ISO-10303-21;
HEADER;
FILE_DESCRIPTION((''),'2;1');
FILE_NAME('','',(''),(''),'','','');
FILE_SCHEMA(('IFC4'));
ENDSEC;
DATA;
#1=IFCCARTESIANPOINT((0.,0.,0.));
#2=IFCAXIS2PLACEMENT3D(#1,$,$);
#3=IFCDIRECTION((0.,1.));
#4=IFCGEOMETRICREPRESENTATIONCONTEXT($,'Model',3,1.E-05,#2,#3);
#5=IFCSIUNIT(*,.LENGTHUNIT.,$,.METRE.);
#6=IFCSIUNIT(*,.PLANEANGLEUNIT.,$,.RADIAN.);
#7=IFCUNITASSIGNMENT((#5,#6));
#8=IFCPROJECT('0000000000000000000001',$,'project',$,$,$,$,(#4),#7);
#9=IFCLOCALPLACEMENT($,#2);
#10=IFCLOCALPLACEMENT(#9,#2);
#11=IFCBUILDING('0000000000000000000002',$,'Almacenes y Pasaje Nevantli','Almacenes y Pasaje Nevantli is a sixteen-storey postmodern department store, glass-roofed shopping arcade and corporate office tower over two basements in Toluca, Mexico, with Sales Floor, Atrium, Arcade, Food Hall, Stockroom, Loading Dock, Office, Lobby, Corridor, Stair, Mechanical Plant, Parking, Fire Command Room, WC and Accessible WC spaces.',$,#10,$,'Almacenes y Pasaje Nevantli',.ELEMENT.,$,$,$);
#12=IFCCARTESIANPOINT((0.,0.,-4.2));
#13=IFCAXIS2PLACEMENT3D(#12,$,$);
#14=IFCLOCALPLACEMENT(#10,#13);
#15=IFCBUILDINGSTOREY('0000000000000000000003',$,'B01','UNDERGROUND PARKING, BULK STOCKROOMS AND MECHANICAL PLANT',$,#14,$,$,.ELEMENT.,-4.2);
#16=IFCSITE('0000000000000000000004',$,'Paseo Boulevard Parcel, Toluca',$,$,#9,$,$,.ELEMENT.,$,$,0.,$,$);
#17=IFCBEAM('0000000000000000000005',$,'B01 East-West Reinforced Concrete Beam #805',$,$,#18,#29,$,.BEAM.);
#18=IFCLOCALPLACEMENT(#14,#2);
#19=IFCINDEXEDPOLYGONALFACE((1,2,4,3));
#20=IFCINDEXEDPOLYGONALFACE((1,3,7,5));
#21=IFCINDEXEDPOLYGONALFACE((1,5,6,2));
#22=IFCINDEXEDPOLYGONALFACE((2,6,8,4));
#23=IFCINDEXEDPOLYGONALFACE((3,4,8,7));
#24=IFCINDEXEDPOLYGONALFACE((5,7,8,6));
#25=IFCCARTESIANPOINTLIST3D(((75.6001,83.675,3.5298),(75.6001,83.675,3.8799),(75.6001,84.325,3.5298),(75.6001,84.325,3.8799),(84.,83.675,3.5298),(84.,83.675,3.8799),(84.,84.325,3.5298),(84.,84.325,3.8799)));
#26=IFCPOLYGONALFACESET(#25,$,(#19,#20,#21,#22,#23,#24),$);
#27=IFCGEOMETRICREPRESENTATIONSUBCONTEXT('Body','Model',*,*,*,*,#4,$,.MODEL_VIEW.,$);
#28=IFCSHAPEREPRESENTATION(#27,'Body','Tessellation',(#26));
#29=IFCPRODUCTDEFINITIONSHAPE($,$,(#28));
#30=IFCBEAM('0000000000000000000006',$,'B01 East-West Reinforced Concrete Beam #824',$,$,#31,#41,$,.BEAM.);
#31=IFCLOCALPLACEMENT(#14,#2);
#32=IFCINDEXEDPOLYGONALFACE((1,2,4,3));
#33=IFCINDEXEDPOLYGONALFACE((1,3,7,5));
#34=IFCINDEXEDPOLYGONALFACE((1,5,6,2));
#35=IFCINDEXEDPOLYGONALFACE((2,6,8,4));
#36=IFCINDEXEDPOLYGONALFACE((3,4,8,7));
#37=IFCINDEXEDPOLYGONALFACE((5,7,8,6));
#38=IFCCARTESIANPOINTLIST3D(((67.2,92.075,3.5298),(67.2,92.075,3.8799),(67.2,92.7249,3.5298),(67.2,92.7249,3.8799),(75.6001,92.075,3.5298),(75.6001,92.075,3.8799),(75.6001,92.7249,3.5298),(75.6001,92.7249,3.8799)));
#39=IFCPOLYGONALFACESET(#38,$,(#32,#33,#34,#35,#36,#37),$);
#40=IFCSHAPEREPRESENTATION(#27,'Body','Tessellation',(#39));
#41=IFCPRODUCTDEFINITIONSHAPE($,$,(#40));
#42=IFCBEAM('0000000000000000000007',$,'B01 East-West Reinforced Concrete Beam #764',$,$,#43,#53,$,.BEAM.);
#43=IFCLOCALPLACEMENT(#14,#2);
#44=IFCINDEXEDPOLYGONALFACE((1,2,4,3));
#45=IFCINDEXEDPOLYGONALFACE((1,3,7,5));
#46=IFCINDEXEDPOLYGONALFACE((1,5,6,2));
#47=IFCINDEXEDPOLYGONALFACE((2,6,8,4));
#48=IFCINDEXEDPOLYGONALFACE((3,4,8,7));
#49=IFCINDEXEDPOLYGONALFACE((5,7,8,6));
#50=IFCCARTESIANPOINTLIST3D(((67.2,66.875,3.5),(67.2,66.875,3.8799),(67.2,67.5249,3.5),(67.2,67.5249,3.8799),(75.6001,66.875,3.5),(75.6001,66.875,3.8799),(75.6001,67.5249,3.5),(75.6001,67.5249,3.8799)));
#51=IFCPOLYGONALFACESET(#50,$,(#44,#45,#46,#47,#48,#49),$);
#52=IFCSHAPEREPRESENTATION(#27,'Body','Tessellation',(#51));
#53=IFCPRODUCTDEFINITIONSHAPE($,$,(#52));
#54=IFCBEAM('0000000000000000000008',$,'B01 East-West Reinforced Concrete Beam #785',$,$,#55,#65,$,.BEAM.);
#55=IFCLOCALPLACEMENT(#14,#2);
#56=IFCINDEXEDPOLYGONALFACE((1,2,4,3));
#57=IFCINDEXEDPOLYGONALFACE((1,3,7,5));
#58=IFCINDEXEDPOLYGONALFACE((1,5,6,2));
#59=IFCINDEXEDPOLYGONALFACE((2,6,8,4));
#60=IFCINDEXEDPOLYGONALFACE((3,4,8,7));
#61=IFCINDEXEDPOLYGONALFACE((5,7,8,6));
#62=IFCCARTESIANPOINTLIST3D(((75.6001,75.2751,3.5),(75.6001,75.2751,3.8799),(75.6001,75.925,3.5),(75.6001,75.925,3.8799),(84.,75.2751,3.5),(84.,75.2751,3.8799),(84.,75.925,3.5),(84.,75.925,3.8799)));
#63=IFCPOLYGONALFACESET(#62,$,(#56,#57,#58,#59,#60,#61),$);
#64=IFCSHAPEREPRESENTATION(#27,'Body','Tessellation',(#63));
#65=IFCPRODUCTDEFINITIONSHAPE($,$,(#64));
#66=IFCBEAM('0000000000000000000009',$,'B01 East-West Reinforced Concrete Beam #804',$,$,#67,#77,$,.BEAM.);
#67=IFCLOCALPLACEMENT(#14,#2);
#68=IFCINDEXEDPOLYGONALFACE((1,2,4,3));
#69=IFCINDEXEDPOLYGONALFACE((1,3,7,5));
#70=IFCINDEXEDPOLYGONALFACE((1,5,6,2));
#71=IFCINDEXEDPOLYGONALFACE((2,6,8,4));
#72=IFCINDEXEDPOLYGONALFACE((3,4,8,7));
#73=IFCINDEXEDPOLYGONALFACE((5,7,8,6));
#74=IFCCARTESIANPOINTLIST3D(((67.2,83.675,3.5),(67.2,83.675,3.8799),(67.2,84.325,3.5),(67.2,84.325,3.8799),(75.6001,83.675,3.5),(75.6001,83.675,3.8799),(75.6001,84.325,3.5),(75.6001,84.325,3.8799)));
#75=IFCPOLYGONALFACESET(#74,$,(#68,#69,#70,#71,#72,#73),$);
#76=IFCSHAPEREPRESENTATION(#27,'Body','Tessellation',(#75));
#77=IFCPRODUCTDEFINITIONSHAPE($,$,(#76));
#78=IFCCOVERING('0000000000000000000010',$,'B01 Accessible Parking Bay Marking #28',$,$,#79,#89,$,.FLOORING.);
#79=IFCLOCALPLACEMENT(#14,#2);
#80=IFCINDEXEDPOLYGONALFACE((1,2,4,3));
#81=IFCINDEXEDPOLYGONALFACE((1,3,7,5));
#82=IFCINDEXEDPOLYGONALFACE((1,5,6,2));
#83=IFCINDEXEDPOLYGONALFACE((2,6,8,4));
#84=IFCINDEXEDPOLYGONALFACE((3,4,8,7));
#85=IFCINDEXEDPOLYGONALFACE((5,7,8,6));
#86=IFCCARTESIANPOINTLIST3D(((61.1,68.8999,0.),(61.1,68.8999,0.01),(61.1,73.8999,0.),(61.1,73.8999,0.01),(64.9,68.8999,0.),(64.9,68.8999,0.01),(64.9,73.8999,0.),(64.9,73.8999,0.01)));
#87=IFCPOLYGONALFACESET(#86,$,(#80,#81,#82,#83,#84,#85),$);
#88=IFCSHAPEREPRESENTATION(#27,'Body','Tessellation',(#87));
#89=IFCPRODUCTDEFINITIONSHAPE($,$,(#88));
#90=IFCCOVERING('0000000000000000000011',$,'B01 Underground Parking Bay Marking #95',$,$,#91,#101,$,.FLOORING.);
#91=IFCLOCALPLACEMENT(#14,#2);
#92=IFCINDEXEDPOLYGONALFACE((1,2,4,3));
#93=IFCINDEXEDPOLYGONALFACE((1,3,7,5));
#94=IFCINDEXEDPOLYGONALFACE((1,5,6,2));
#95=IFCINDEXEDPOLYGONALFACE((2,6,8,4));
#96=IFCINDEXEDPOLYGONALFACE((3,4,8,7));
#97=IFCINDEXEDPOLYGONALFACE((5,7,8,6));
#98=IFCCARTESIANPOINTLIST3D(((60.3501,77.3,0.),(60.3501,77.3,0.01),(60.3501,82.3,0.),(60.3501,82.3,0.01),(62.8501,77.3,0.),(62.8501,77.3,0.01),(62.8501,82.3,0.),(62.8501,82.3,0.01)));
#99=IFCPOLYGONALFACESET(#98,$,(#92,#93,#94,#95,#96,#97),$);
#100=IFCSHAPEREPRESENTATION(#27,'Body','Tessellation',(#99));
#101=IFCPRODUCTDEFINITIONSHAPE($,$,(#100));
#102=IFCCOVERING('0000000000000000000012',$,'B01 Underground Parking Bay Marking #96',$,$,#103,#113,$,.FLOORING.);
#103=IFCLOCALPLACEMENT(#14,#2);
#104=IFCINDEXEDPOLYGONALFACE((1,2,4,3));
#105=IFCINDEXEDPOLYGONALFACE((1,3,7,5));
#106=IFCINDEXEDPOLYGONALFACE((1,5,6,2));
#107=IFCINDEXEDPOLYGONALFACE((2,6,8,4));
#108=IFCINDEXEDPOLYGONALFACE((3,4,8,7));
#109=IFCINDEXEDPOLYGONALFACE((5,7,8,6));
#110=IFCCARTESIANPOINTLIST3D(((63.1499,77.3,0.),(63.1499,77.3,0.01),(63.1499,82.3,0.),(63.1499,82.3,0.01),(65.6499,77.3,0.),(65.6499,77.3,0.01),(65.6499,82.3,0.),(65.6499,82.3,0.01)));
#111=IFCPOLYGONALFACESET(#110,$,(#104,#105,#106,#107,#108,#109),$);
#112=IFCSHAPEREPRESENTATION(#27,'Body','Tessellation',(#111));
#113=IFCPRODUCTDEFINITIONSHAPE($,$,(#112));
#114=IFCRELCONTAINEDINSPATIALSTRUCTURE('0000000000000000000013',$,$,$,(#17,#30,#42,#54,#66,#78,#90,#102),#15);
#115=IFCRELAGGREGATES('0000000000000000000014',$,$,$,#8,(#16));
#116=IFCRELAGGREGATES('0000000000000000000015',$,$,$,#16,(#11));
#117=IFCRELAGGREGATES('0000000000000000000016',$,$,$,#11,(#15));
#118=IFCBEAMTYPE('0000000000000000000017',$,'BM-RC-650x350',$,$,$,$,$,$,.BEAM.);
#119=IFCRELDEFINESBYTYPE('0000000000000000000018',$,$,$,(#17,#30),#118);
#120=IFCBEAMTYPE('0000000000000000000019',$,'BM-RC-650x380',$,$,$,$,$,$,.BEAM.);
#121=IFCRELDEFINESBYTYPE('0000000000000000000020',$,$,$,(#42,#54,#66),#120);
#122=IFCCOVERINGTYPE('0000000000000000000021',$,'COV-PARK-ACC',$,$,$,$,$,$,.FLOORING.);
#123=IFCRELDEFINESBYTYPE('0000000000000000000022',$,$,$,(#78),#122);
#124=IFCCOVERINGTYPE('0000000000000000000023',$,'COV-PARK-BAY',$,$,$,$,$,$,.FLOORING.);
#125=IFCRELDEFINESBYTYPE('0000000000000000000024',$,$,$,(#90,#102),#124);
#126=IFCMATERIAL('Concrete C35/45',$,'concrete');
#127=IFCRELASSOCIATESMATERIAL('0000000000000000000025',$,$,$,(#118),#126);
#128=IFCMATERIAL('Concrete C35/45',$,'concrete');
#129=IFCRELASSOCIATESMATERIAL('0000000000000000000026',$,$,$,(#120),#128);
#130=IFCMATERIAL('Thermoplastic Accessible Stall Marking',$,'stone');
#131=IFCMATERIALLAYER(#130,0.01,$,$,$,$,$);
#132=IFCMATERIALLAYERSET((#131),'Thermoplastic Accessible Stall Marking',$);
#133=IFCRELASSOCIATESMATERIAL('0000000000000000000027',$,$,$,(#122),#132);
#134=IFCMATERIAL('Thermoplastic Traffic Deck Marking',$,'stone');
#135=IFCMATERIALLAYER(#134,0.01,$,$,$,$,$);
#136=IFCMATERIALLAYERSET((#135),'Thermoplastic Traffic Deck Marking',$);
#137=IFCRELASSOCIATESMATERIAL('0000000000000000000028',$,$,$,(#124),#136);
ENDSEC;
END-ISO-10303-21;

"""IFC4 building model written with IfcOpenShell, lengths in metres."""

from ifc_helpers import new_model, si_unit, direction, frame, origin, origin_2d, place, context, subcontext, project, spatial, rectangle, extrude, material, layer, layer_set, material_profile, profile_set, type_object, element, save


model = new_model("IFC4")

# Units and contexts
model_context = context("Model", 3, precision=1e-05, world=origin(), true_north=direction((0.0, 1.0)))
body_context = subcontext(model_context, "Body", "Model", "MODEL_VIEW")
ifc_project = project(units=[si_unit("LENGTHUNIT", "METRE"), si_unit("PLANEANGLEUNIT", "RADIAN")], contexts=[model_context])

# Site, building, storey
site_placement = place(None, origin())
site = spatial("IfcSite", under=ifc_project, at=site_placement, Name="Paseo Boulevard Parcel, Toluca", CompositionType="ELEMENT", RefElevation=0.0)
building_placement = place(site_placement, origin())
building = spatial("IfcBuilding", under=site, at=building_placement, Name="Almacenes y Pasaje Nevantli", Description="Almacenes y Pasaje Nevantli is a sixteen-storey postmodern department store, glass-roofed shopping arcade and corporate office tower over two basements in Toluca, Mexico, with Sales Floor, Atrium, Arcade, Food Hall, Stockroom, Loading Dock, Office, Lobby, Corridor, Stair, Mechanical Plant, Parking, Fire Command Room, WC and Accessible WC spaces.", LongName="Almacenes y Pasaje Nevantli", CompositionType="ELEMENT")
storey_placement = place(building_placement, frame((0.0, 0.0, -4.2)))
storey = spatial("IfcBuildingStorey", under=building, at=storey_placement, Name="B01", Description="UNDERGROUND PARKING, BULK STOCKROOMS AND MECHANICAL PLANT", CompositionType="ELEMENT", Elevation=-4.2)

# Beams
ifc_material_1 = material(Name="Concrete C35/45", Category="concrete")
ifc_material_profile_1 = material_profile(ifc_material_1, rectangle(XDim=0.6499, YDim=0.3501, at=origin_2d()), Name="RC-BM-650x350")
ifc_profile_set_1 = profile_set([ifc_material_profile_1], Name="Concrete C35/45")
beam_type_1 = type_object("IfcBeamType", Name="BM-RC-650x350", PredefinedType="BEAM", material=ifc_profile_set_1)
beam_1_placement = place(storey_placement, frame((75.6001, 84.0, 3.7048), z_axis=(1.0, 0.0, 0.0), x_axis=(0.0, 1.0, 0.0)))
element("IfcBeam", 1, at=beam_1_placement, inside=storey, type_object=beam_type_1, Name="B01 East-West Reinforced Concrete Beam #805", PredefinedType="BEAM", context=body_context, shape_type="SweptSolid", body=[
    extrude(rectangle(XDim=0.6499, YDim=0.3501, at=origin_2d()), origin(), (0.0, 0.0, 1.0), 8.3999),
])
beam_2_placement = place(storey_placement, frame((67.2, 92.3999, 3.7048), z_axis=(1.0, 0.0, 0.0), x_axis=(0.0, 1.0, 0.0)))
element("IfcBeam", 2, at=beam_2_placement, inside=storey, type_object=beam_type_1, Name="B01 East-West Reinforced Concrete Beam #824", PredefinedType="BEAM", context=body_context, shape_type="SweptSolid", body=[
    extrude(rectangle(XDim=0.6499, YDim=0.3501, at=origin_2d()), origin(), (0.0, 0.0, 1.0), 8.4001),
])
ifc_material_2 = material(Name="Concrete C35/45", Category="concrete")
ifc_material_profile_2 = material_profile(ifc_material_2, rectangle(XDim=0.6499, YDim=0.3799, at=origin_2d()), Name="RC-BM-650x380")
ifc_profile_set_2 = profile_set([ifc_material_profile_2], Name="Concrete C35/45")
beam_type_2 = type_object("IfcBeamType", Name="BM-RC-650x380", PredefinedType="BEAM", material=ifc_profile_set_2)
beam_3_placement = place(storey_placement, frame((67.2, 67.2, 3.6899), z_axis=(1.0, 0.0, 0.0), x_axis=(0.0, 1.0, 0.0)))
element("IfcBeam", 3, at=beam_3_placement, inside=storey, type_object=beam_type_2, Name="B01 East-West Reinforced Concrete Beam #764", PredefinedType="BEAM", context=body_context, shape_type="SweptSolid", body=[
    extrude(rectangle(XDim=0.6499, YDim=0.3799, at=origin_2d()), origin(), (0.0, 0.0, 1.0), 8.4001),
])
beam_4_placement = place(storey_placement, frame((75.6001, 75.6001, 3.6899), z_axis=(1.0, 0.0, 0.0), x_axis=(0.0, 1.0, 0.0)))
element("IfcBeam", 4, at=beam_4_placement, inside=storey, type_object=beam_type_2, Name="B01 East-West Reinforced Concrete Beam #785", PredefinedType="BEAM", context=body_context, shape_type="SweptSolid", body=[
    extrude(rectangle(XDim=0.6499, YDim=0.3799, at=origin_2d()), origin(), (0.0, 0.0, 1.0), 8.3999),
])
beam_5_placement = place(storey_placement, frame((67.2, 84.0, 3.6899), z_axis=(1.0, 0.0, 0.0), x_axis=(0.0, 1.0, 0.0)))
element("IfcBeam", 5, at=beam_5_placement, inside=storey, type_object=beam_type_2, Name="B01 East-West Reinforced Concrete Beam #804", PredefinedType="BEAM", context=body_context, shape_type="SweptSolid", body=[
    extrude(rectangle(XDim=0.6499, YDim=0.3799, at=origin_2d()), origin(), (0.0, 0.0, 1.0), 8.4001),
])

# Coverings
ifc_material_3 = material(Name="Thermoplastic Accessible Stall Marking", Category="stone")
ifc_layer_1 = layer(ifc_material_3, 0.01)
ifc_layer_set_1 = layer_set([ifc_layer_1], Name="Thermoplastic Accessible Stall Marking")
covering_type_1 = type_object("IfcCoveringType", Name="COV-PARK-ACC", PredefinedType="FLOORING", material=ifc_layer_set_1)
covering_placement = place(storey_placement, frame((63.0, 71.3999, 0.0), z_axis=(0.0, 0.0, 1.0), x_axis=(1.0, 0.0, 0.0)))
element("IfcCovering", 6, at=covering_placement, inside=storey, type_object=covering_type_1, Name="B01 Accessible Parking Bay Marking #28", PredefinedType="FLOORING", context=body_context, shape_type="SweptSolid", body=[
    extrude(rectangle(XDim=3.8, YDim=5.0, at=origin_2d()), origin(), (0.0, 0.0, 1.0), 0.01),
])
ifc_material_4 = material(Name="Thermoplastic Traffic Deck Marking", Category="stone")
ifc_layer_2 = layer(ifc_material_4, 0.01)
ifc_layer_set_2 = layer_set([ifc_layer_2], Name="Thermoplastic Traffic Deck Marking")
covering_type_2 = type_object("IfcCoveringType", Name="COV-PARK-BAY", PredefinedType="FLOORING", material=ifc_layer_set_2)
for number, where, z_axis, x_axis, name in (
    (7, (61.6001, 79.8, 0.0), (0.0, 0.0, 1.0), (1.0, 0.0, 0.0), "B01 Underground Parking Bay Marking #95"),
    (8, (64.3999, 79.8, 0.0), (0.0, 0.0, 1.0), (1.0, 0.0, 0.0), "B01 Underground Parking Bay Marking #96"),
):
    element("IfcCovering", number, at=place(storey_placement, frame(where, z_axis=z_axis, x_axis=x_axis)), inside=storey, type_object=covering_type_2, Name=name, PredefinedType="FLOORING", context=body_context, shape_type="SweptSolid", body=[
        extrude(rectangle(XDim=2.5, YDim=5.0, at=origin_2d()), origin(), (0.0, 0.0, 1.0), 0.01),
    ])

save(model, "model.ifc")
